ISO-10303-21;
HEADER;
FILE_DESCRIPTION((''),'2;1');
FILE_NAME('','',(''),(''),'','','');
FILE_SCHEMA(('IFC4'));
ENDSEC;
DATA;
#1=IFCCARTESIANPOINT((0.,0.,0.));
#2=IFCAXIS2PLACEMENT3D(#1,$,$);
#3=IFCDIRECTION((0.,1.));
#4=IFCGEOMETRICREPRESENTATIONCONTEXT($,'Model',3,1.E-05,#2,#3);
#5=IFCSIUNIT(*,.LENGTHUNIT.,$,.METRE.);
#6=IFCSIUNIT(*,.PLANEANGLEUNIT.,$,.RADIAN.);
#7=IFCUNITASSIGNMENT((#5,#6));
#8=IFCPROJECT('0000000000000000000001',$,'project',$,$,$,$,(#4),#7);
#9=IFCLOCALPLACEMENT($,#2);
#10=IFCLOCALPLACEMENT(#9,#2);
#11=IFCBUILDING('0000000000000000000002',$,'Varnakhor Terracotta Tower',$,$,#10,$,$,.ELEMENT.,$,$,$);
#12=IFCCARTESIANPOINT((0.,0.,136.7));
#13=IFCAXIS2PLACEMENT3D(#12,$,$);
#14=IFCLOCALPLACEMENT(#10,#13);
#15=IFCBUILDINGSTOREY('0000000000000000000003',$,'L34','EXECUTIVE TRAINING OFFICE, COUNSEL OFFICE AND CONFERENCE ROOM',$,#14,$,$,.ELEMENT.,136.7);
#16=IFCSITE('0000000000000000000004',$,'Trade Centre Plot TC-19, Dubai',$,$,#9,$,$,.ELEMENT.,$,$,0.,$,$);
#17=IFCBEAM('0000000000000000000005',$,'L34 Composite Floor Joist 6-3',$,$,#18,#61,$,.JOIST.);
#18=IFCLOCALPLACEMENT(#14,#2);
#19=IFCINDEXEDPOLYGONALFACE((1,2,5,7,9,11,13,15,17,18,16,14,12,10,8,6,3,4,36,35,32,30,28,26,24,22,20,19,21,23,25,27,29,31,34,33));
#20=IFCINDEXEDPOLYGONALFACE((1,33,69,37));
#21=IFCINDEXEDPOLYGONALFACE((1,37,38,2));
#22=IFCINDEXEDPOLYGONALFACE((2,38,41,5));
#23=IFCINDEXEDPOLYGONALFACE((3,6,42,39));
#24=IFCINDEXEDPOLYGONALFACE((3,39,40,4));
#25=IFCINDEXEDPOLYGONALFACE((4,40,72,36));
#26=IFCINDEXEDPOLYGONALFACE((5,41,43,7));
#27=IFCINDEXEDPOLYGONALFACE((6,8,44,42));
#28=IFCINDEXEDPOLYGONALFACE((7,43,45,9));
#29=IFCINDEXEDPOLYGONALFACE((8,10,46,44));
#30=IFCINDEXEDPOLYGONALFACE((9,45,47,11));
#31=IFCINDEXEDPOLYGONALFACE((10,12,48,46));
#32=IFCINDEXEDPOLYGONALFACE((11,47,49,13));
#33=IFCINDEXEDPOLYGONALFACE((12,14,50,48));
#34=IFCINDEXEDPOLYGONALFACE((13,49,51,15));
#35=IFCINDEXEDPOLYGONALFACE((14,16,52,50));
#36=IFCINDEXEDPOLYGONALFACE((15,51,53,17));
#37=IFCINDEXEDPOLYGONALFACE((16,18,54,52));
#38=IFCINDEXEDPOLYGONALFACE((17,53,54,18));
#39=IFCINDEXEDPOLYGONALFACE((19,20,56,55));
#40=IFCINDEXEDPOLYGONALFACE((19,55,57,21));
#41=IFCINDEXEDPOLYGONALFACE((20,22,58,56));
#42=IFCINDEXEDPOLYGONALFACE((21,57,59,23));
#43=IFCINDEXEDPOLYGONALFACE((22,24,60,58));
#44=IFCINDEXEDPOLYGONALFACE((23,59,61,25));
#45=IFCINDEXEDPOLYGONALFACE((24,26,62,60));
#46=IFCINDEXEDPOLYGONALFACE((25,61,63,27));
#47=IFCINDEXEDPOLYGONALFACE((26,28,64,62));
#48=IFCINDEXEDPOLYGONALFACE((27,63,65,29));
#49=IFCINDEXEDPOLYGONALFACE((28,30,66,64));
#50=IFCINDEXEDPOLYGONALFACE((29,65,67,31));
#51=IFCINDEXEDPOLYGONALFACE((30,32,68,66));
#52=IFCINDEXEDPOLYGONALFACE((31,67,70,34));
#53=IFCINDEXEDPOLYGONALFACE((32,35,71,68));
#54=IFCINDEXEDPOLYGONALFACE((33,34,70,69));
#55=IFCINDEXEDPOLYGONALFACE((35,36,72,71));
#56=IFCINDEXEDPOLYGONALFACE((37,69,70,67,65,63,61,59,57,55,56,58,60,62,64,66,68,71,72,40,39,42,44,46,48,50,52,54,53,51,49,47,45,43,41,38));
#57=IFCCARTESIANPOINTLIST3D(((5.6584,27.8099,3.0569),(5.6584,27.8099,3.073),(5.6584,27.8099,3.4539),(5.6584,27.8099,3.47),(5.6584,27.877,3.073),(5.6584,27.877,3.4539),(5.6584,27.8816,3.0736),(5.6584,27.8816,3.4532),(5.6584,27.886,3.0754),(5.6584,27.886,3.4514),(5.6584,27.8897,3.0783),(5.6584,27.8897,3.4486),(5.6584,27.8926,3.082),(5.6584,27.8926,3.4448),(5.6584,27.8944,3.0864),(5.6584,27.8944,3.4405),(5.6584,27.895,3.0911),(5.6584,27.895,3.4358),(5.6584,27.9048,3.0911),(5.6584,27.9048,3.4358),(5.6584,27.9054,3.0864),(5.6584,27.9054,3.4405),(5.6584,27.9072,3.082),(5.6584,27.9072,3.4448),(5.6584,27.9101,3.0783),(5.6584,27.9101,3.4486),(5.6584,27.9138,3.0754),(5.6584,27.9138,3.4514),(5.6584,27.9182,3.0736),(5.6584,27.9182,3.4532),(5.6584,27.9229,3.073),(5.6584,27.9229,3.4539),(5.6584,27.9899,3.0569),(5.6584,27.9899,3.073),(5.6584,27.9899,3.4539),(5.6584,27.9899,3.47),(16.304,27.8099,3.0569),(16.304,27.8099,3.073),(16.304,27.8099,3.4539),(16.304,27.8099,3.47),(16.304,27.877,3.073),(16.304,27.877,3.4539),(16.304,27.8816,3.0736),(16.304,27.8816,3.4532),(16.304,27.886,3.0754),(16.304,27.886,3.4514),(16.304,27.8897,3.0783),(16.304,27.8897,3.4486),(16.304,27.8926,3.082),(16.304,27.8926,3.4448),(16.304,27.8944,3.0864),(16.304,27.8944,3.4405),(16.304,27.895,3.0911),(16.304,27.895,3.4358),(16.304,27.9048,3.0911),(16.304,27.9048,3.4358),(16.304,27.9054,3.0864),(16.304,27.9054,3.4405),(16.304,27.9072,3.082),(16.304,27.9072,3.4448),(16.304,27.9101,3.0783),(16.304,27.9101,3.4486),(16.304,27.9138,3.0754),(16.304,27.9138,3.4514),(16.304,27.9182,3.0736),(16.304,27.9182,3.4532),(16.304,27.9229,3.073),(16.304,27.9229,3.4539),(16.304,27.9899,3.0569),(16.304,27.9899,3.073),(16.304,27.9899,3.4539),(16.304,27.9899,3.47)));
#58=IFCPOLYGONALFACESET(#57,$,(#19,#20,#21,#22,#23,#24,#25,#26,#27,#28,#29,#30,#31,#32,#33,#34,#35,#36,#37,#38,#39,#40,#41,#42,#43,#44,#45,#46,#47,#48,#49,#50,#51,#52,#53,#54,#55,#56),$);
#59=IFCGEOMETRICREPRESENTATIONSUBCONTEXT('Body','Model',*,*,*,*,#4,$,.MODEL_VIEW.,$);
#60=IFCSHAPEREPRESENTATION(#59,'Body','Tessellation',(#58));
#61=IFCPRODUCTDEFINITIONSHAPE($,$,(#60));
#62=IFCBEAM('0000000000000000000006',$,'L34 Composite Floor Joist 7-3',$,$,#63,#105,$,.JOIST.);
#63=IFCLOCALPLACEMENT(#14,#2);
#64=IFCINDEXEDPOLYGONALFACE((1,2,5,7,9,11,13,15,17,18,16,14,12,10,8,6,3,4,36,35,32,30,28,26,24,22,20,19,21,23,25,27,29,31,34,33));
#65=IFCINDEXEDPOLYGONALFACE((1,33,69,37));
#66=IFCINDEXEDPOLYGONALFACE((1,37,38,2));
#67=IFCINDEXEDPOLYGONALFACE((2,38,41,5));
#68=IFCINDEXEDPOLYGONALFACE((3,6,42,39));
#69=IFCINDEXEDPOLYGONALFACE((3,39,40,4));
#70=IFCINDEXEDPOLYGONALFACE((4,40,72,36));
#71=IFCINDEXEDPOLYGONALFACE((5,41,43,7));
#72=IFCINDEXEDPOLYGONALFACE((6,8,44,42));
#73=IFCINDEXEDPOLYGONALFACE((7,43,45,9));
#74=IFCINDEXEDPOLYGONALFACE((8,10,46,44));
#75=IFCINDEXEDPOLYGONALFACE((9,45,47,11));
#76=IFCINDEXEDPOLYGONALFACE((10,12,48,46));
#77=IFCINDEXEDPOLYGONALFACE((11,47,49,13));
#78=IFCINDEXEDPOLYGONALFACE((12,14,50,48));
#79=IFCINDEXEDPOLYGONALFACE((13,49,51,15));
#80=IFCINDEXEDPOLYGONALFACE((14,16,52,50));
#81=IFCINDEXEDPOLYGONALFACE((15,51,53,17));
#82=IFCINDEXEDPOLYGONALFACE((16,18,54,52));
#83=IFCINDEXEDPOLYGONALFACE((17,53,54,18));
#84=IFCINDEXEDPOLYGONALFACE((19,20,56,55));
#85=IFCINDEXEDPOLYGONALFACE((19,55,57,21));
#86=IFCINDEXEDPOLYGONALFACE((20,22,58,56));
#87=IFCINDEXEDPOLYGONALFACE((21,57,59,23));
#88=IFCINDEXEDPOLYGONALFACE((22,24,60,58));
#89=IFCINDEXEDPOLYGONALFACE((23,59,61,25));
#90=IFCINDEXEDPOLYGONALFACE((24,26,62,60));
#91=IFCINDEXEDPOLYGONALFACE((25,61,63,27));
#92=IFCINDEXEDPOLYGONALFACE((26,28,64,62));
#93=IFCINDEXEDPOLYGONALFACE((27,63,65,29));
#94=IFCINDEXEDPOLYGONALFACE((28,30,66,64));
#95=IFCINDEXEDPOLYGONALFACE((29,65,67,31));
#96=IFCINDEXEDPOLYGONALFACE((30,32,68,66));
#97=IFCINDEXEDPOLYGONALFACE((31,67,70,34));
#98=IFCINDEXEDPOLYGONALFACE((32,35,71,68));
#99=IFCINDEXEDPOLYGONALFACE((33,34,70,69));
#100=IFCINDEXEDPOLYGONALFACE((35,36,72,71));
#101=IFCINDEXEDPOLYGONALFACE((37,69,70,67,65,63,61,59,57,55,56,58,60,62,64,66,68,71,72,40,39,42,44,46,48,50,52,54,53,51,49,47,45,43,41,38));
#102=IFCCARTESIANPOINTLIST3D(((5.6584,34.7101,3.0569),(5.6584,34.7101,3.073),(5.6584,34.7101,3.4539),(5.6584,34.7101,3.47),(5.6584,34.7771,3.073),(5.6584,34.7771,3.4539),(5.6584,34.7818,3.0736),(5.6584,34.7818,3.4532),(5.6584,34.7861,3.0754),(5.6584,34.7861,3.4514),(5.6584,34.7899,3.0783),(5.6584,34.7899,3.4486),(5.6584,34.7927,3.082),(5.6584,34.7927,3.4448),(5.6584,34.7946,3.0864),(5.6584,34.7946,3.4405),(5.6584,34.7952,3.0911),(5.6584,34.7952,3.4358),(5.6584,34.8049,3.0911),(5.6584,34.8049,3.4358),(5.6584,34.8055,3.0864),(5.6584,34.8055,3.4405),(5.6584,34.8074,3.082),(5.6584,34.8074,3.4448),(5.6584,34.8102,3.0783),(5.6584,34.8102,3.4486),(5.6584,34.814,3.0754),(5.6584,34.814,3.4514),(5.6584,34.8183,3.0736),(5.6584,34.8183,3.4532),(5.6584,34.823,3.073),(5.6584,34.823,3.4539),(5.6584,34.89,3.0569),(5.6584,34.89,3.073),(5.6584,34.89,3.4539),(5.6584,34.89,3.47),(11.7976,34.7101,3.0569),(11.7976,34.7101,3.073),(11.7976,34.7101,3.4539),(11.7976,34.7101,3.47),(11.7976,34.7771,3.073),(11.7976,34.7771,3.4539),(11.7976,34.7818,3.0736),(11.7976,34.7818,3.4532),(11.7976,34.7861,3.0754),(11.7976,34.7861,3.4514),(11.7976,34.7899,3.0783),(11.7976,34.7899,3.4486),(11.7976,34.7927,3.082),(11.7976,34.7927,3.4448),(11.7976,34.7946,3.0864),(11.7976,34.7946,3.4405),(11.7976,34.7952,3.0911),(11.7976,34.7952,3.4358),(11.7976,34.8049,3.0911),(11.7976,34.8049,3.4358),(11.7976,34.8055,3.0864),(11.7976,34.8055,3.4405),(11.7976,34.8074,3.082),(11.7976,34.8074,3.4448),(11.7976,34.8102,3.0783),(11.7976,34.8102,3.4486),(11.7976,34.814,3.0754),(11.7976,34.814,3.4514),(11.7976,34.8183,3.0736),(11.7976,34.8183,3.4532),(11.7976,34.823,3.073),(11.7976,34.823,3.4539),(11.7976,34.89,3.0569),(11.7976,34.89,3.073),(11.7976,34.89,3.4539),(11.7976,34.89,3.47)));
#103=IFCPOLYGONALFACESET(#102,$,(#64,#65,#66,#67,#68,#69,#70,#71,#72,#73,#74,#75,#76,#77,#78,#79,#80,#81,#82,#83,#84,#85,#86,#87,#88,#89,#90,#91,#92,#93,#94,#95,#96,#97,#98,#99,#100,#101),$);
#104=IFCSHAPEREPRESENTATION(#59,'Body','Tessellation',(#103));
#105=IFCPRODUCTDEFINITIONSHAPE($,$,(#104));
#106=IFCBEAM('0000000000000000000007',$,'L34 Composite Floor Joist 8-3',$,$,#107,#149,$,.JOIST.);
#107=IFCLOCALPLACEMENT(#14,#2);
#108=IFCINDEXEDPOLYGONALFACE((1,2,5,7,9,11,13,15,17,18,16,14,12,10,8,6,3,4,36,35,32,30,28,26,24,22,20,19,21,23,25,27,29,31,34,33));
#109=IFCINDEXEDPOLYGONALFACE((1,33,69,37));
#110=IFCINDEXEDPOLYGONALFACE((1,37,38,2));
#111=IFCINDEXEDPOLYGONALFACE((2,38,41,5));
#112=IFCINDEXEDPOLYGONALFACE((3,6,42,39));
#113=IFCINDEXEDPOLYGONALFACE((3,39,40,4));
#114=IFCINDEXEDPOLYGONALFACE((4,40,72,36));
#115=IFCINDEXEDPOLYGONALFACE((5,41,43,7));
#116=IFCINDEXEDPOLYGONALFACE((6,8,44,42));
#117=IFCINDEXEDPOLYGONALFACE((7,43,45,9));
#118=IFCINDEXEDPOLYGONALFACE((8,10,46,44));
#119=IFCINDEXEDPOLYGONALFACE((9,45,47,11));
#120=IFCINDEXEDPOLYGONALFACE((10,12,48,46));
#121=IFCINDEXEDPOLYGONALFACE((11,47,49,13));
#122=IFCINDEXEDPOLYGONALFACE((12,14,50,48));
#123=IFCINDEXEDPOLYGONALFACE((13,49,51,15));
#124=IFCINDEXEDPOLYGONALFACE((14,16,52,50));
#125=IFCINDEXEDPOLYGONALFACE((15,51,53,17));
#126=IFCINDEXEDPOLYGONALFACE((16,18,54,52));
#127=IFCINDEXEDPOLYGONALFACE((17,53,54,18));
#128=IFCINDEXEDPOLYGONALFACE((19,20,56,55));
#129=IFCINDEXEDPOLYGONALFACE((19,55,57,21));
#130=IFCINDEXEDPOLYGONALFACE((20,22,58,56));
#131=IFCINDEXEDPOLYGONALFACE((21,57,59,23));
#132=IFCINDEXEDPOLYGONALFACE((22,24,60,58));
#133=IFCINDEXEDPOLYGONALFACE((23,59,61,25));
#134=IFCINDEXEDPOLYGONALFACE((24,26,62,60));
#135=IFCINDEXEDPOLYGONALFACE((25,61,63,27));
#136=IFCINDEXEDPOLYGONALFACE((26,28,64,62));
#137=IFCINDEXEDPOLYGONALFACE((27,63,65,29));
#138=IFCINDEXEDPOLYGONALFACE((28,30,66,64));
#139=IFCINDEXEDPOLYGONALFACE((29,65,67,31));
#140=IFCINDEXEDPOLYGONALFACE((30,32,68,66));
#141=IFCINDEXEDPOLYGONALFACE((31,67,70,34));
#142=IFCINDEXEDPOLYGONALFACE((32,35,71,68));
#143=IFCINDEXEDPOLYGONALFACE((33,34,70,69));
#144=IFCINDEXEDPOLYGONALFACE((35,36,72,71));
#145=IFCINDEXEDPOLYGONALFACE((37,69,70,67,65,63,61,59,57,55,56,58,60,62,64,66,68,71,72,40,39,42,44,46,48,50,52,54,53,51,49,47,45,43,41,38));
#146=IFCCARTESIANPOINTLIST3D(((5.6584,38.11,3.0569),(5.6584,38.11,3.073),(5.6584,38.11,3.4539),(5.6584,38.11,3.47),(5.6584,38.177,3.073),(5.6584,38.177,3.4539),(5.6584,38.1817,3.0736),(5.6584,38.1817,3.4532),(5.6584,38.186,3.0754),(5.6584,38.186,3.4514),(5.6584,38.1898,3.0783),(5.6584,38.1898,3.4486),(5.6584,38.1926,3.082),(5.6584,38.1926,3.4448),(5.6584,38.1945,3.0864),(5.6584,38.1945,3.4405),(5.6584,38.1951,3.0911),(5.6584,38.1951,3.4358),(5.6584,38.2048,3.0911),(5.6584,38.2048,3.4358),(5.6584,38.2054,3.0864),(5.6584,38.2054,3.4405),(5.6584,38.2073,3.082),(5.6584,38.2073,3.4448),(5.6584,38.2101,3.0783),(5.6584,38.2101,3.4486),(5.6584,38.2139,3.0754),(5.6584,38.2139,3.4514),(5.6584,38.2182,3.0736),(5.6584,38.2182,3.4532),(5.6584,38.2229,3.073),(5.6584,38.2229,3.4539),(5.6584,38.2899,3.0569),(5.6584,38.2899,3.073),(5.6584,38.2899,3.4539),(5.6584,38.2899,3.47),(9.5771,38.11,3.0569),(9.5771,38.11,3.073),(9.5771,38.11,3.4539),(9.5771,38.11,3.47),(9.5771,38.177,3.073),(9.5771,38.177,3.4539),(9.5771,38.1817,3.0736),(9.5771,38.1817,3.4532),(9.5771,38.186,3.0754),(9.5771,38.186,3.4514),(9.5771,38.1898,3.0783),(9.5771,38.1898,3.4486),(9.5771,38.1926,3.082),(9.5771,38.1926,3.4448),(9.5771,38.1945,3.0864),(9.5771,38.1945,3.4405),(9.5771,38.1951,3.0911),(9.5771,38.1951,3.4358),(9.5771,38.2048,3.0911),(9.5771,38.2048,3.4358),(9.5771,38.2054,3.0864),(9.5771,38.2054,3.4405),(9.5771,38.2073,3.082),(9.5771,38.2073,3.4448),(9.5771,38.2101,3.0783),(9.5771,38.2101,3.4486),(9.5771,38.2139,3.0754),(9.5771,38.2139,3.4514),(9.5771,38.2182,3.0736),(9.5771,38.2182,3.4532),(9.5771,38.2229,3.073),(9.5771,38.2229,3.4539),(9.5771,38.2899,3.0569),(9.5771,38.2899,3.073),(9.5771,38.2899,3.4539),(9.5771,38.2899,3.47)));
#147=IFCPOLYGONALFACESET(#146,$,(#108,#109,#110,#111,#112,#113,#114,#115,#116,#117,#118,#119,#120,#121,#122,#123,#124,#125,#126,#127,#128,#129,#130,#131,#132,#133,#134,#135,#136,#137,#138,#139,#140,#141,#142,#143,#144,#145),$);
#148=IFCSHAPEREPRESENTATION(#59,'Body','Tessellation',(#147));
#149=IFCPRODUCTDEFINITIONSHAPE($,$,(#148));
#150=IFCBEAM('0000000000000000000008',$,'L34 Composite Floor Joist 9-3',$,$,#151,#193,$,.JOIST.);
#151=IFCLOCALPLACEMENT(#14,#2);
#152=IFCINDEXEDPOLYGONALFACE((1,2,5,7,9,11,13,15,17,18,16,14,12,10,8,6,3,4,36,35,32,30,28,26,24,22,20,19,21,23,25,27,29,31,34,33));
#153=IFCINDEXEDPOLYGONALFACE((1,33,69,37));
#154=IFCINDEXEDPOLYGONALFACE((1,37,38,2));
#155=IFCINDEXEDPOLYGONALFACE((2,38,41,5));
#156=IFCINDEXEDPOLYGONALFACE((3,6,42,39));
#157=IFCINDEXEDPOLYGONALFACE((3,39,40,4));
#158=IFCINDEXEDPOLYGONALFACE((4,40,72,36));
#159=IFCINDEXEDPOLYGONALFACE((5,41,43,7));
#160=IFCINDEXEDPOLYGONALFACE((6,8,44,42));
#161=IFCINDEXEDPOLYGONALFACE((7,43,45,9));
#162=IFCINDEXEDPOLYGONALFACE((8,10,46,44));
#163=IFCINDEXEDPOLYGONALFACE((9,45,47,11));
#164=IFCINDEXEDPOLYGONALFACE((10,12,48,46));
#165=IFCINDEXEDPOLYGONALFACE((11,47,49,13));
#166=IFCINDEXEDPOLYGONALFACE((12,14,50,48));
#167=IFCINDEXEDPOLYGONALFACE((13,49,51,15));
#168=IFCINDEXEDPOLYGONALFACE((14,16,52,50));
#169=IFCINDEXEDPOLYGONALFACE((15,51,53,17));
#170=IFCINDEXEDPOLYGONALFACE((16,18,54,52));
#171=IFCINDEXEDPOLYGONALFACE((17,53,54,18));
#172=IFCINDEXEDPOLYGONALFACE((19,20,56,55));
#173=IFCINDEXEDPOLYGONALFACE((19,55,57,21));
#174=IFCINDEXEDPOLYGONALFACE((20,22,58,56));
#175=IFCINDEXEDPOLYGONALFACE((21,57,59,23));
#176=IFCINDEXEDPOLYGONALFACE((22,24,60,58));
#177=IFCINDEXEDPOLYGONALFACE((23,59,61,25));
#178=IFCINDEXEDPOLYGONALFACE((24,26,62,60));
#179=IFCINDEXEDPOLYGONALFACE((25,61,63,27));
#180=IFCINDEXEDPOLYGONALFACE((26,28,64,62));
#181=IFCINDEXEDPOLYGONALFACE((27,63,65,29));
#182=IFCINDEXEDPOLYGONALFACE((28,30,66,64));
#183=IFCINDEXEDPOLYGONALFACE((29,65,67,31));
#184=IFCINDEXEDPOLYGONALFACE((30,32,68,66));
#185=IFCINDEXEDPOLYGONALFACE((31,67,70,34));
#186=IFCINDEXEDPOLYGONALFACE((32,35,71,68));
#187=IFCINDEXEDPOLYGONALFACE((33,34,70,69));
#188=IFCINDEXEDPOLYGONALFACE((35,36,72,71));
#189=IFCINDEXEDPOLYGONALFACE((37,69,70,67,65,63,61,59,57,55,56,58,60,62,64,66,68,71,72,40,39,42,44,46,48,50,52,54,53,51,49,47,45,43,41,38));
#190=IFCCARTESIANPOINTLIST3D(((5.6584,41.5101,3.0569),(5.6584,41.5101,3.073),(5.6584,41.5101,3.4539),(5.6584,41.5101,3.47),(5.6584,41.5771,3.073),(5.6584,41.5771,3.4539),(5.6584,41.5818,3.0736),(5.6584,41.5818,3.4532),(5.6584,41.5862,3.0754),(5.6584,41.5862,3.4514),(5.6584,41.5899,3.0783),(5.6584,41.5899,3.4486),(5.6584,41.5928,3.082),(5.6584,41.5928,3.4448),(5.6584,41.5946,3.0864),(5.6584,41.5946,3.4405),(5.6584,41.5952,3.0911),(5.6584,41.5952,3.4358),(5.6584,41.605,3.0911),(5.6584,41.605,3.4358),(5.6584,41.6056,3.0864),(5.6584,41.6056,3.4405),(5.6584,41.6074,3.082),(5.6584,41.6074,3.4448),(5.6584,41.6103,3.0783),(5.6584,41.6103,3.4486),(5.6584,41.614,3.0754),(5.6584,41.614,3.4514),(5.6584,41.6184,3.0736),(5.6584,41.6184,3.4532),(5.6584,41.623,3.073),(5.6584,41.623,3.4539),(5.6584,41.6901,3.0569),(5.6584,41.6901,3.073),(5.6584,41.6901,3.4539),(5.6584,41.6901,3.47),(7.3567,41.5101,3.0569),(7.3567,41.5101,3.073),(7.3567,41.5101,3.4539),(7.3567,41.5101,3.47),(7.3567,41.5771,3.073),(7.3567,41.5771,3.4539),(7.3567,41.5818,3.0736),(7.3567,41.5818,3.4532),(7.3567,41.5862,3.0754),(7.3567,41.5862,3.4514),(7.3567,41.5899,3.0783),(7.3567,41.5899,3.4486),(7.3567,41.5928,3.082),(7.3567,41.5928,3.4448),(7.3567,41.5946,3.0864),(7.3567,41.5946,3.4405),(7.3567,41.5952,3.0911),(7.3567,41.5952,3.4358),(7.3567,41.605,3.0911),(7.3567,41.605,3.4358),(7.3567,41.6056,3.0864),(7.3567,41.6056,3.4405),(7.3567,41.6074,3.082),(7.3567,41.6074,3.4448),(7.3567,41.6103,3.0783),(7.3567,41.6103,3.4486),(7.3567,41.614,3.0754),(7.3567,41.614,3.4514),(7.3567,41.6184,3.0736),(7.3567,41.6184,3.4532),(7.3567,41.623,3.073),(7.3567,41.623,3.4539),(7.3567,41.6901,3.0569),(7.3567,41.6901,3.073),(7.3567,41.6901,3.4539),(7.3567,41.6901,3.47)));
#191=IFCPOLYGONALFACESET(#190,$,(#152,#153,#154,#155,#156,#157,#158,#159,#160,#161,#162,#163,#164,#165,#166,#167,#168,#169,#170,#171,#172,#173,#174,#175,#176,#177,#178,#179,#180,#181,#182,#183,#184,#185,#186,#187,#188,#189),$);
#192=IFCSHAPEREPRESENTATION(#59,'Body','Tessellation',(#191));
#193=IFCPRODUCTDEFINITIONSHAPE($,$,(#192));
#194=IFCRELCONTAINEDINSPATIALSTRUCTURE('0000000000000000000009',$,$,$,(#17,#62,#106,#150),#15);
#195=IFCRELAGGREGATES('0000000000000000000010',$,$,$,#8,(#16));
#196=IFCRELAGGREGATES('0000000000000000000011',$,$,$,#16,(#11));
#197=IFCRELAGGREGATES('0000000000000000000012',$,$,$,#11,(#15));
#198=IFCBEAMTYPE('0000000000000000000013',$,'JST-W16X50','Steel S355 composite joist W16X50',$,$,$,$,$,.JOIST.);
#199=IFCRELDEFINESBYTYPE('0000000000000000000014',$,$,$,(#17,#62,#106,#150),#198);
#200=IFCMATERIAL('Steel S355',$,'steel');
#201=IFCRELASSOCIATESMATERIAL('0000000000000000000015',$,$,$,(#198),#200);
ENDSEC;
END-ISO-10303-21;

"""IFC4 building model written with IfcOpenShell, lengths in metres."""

from ifc_helpers import new_model, si_unit, direction, frame, origin, origin_2d, place, context, subcontext, project, spatial, i_section, extrude, source, transform, mapped, material, material_profile, profile_set, type_object, element, save


model = new_model("IFC4")

# Units and contexts
model_context = context("Model", 3, precision=1e-05, world=origin(), true_north=direction((0.0, 1.0)))
body_context = subcontext(model_context, "Body", "Model", "MODEL_VIEW")
ifc_project = project(units=[si_unit("LENGTHUNIT", "METRE"), si_unit("PLANEANGLEUNIT", "RADIAN")], contexts=[model_context])

# Site, building, storey
site_placement = place(None, origin())
site = spatial("IfcSite", under=ifc_project, at=site_placement, Name="Trade Centre Plot TC-19, Dubai", CompositionType="ELEMENT", RefElevation=0.0)
building_placement = place(site_placement, origin())
building = spatial("IfcBuilding", under=site, at=building_placement, Name="Varnakhor Terracotta Tower", CompositionType="ELEMENT")
storey_placement = place(building_placement, frame((0.0, 0.0, 136.7)))
storey = spatial("IfcBuildingStorey", under=building, at=storey_placement, Name="L34", Description="EXECUTIVE TRAINING OFFICE, COUNSEL OFFICE AND CONFERENCE ROOM", CompositionType="ELEMENT", Elevation=136.7)

# Beams
ifc_material_1 = material(Name="Steel S355", Category="steel")
ifc_material_profile_1 = material_profile(ifc_material_1, i_section(OverallWidth=0.1799, OverallDepth=0.4131, WebThickness=0.0098, FlangeThickness=0.0161, FilletRadius=0.0181, at=origin_2d()), Name="W16X50")
ifc_profile_set_1 = profile_set([ifc_material_profile_1], Name="Steel S355")
beam_type_1 = type_object("IfcBeamType", Name="JST-W16X50", Description="Steel S355 composite joist W16X50", PredefinedType="JOIST", material=ifc_profile_set_1)
shared_shape_1 = source(origin(), body_context, "Body", "SweptSolid", [
    extrude(i_section(OverallWidth=0.1799, OverallDepth=0.4131, WebThickness=0.0098, FlangeThickness=0.0161, FilletRadius=0.0181, at=origin_2d()), origin(), (0.0, 0.0, 1.0), 10.6455),
])
beam_1_placement = place(storey_placement, frame((5.6584, 27.8999, 3.2634), z_axis=(1.0, 0.0, 0.0), x_axis=(0.0, 1.0, 0.0)))
element("IfcBeam", 1, at=beam_1_placement, inside=storey, type_object=beam_type_1, Name="L34 Composite Floor Joist 6-3", PredefinedType="JOIST", context=body_context, shape_type="MappedRepresentation", body=[
    mapped(shared_shape_1, transform((0.0, 0.0, 0.0), scale=1.0)),
])
shared_shape_2 = source(origin(), body_context, "Body", "SweptSolid", [
    extrude(i_section(OverallWidth=0.1799, OverallDepth=0.4131, WebThickness=0.0098, FlangeThickness=0.0161, FilletRadius=0.0181, at=origin_2d()), origin(), (0.0, 0.0, 1.0), 6.1392),
])
beam_2_placement = place(storey_placement, frame((5.6584, 34.8, 3.2634), z_axis=(1.0, 0.0, 0.0), x_axis=(0.0, 1.0, 0.0)))
element("IfcBeam", 2, at=beam_2_placement, inside=storey, type_object=beam_type_1, Name="L34 Composite Floor Joist 7-3", PredefinedType="JOIST", context=body_context, shape_type="MappedRepresentation", body=[
    mapped(shared_shape_2, transform((0.0, 0.0, 0.0), scale=1.0)),
])
shared_shape_3 = source(origin(), body_context, "Body", "SweptSolid", [
    extrude(i_section(OverallWidth=0.1799, OverallDepth=0.4131, WebThickness=0.0098, FlangeThickness=0.0161, FilletRadius=0.0181, at=origin_2d()), origin(), (0.0, 0.0, 1.0), 3.9187),
])
beam_3_placement = place(storey_placement, frame((5.6584, 38.2, 3.2634), z_axis=(1.0, 0.0, 0.0), x_axis=(0.0, 1.0, 0.0)))
element("IfcBeam", 3, at=beam_3_placement, inside=storey, type_object=beam_type_1, Name="L34 Composite Floor Joist 8-3", PredefinedType="JOIST", context=body_context, shape_type="MappedRepresentation", body=[
    mapped(shared_shape_3, transform((0.0, 0.0, 0.0), scale=1.0)),
])
shared_shape_4 = source(origin(), body_context, "Body", "SweptSolid", [
    extrude(i_section(OverallWidth=0.1799, OverallDepth=0.4131, WebThickness=0.0098, FlangeThickness=0.0161, FilletRadius=0.0181, at=origin_2d()), origin(), (0.0, 0.0, 1.0), 1.6982),
])
beam_4_placement = place(storey_placement, frame((5.6584, 41.6001, 3.2634), z_axis=(1.0, 0.0, 0.0), x_axis=(0.0, 1.0, 0.0)))
element("IfcBeam", 4, at=beam_4_placement, inside=storey, type_object=beam_type_1, Name="L34 Composite Floor Joist 9-3", PredefinedType="JOIST", context=body_context, shape_type="MappedRepresentation", body=[
    mapped(shared_shape_4, transform((0.0, 0.0, 0.0), scale=1.0)),
])

save(model, "model.ifc")
